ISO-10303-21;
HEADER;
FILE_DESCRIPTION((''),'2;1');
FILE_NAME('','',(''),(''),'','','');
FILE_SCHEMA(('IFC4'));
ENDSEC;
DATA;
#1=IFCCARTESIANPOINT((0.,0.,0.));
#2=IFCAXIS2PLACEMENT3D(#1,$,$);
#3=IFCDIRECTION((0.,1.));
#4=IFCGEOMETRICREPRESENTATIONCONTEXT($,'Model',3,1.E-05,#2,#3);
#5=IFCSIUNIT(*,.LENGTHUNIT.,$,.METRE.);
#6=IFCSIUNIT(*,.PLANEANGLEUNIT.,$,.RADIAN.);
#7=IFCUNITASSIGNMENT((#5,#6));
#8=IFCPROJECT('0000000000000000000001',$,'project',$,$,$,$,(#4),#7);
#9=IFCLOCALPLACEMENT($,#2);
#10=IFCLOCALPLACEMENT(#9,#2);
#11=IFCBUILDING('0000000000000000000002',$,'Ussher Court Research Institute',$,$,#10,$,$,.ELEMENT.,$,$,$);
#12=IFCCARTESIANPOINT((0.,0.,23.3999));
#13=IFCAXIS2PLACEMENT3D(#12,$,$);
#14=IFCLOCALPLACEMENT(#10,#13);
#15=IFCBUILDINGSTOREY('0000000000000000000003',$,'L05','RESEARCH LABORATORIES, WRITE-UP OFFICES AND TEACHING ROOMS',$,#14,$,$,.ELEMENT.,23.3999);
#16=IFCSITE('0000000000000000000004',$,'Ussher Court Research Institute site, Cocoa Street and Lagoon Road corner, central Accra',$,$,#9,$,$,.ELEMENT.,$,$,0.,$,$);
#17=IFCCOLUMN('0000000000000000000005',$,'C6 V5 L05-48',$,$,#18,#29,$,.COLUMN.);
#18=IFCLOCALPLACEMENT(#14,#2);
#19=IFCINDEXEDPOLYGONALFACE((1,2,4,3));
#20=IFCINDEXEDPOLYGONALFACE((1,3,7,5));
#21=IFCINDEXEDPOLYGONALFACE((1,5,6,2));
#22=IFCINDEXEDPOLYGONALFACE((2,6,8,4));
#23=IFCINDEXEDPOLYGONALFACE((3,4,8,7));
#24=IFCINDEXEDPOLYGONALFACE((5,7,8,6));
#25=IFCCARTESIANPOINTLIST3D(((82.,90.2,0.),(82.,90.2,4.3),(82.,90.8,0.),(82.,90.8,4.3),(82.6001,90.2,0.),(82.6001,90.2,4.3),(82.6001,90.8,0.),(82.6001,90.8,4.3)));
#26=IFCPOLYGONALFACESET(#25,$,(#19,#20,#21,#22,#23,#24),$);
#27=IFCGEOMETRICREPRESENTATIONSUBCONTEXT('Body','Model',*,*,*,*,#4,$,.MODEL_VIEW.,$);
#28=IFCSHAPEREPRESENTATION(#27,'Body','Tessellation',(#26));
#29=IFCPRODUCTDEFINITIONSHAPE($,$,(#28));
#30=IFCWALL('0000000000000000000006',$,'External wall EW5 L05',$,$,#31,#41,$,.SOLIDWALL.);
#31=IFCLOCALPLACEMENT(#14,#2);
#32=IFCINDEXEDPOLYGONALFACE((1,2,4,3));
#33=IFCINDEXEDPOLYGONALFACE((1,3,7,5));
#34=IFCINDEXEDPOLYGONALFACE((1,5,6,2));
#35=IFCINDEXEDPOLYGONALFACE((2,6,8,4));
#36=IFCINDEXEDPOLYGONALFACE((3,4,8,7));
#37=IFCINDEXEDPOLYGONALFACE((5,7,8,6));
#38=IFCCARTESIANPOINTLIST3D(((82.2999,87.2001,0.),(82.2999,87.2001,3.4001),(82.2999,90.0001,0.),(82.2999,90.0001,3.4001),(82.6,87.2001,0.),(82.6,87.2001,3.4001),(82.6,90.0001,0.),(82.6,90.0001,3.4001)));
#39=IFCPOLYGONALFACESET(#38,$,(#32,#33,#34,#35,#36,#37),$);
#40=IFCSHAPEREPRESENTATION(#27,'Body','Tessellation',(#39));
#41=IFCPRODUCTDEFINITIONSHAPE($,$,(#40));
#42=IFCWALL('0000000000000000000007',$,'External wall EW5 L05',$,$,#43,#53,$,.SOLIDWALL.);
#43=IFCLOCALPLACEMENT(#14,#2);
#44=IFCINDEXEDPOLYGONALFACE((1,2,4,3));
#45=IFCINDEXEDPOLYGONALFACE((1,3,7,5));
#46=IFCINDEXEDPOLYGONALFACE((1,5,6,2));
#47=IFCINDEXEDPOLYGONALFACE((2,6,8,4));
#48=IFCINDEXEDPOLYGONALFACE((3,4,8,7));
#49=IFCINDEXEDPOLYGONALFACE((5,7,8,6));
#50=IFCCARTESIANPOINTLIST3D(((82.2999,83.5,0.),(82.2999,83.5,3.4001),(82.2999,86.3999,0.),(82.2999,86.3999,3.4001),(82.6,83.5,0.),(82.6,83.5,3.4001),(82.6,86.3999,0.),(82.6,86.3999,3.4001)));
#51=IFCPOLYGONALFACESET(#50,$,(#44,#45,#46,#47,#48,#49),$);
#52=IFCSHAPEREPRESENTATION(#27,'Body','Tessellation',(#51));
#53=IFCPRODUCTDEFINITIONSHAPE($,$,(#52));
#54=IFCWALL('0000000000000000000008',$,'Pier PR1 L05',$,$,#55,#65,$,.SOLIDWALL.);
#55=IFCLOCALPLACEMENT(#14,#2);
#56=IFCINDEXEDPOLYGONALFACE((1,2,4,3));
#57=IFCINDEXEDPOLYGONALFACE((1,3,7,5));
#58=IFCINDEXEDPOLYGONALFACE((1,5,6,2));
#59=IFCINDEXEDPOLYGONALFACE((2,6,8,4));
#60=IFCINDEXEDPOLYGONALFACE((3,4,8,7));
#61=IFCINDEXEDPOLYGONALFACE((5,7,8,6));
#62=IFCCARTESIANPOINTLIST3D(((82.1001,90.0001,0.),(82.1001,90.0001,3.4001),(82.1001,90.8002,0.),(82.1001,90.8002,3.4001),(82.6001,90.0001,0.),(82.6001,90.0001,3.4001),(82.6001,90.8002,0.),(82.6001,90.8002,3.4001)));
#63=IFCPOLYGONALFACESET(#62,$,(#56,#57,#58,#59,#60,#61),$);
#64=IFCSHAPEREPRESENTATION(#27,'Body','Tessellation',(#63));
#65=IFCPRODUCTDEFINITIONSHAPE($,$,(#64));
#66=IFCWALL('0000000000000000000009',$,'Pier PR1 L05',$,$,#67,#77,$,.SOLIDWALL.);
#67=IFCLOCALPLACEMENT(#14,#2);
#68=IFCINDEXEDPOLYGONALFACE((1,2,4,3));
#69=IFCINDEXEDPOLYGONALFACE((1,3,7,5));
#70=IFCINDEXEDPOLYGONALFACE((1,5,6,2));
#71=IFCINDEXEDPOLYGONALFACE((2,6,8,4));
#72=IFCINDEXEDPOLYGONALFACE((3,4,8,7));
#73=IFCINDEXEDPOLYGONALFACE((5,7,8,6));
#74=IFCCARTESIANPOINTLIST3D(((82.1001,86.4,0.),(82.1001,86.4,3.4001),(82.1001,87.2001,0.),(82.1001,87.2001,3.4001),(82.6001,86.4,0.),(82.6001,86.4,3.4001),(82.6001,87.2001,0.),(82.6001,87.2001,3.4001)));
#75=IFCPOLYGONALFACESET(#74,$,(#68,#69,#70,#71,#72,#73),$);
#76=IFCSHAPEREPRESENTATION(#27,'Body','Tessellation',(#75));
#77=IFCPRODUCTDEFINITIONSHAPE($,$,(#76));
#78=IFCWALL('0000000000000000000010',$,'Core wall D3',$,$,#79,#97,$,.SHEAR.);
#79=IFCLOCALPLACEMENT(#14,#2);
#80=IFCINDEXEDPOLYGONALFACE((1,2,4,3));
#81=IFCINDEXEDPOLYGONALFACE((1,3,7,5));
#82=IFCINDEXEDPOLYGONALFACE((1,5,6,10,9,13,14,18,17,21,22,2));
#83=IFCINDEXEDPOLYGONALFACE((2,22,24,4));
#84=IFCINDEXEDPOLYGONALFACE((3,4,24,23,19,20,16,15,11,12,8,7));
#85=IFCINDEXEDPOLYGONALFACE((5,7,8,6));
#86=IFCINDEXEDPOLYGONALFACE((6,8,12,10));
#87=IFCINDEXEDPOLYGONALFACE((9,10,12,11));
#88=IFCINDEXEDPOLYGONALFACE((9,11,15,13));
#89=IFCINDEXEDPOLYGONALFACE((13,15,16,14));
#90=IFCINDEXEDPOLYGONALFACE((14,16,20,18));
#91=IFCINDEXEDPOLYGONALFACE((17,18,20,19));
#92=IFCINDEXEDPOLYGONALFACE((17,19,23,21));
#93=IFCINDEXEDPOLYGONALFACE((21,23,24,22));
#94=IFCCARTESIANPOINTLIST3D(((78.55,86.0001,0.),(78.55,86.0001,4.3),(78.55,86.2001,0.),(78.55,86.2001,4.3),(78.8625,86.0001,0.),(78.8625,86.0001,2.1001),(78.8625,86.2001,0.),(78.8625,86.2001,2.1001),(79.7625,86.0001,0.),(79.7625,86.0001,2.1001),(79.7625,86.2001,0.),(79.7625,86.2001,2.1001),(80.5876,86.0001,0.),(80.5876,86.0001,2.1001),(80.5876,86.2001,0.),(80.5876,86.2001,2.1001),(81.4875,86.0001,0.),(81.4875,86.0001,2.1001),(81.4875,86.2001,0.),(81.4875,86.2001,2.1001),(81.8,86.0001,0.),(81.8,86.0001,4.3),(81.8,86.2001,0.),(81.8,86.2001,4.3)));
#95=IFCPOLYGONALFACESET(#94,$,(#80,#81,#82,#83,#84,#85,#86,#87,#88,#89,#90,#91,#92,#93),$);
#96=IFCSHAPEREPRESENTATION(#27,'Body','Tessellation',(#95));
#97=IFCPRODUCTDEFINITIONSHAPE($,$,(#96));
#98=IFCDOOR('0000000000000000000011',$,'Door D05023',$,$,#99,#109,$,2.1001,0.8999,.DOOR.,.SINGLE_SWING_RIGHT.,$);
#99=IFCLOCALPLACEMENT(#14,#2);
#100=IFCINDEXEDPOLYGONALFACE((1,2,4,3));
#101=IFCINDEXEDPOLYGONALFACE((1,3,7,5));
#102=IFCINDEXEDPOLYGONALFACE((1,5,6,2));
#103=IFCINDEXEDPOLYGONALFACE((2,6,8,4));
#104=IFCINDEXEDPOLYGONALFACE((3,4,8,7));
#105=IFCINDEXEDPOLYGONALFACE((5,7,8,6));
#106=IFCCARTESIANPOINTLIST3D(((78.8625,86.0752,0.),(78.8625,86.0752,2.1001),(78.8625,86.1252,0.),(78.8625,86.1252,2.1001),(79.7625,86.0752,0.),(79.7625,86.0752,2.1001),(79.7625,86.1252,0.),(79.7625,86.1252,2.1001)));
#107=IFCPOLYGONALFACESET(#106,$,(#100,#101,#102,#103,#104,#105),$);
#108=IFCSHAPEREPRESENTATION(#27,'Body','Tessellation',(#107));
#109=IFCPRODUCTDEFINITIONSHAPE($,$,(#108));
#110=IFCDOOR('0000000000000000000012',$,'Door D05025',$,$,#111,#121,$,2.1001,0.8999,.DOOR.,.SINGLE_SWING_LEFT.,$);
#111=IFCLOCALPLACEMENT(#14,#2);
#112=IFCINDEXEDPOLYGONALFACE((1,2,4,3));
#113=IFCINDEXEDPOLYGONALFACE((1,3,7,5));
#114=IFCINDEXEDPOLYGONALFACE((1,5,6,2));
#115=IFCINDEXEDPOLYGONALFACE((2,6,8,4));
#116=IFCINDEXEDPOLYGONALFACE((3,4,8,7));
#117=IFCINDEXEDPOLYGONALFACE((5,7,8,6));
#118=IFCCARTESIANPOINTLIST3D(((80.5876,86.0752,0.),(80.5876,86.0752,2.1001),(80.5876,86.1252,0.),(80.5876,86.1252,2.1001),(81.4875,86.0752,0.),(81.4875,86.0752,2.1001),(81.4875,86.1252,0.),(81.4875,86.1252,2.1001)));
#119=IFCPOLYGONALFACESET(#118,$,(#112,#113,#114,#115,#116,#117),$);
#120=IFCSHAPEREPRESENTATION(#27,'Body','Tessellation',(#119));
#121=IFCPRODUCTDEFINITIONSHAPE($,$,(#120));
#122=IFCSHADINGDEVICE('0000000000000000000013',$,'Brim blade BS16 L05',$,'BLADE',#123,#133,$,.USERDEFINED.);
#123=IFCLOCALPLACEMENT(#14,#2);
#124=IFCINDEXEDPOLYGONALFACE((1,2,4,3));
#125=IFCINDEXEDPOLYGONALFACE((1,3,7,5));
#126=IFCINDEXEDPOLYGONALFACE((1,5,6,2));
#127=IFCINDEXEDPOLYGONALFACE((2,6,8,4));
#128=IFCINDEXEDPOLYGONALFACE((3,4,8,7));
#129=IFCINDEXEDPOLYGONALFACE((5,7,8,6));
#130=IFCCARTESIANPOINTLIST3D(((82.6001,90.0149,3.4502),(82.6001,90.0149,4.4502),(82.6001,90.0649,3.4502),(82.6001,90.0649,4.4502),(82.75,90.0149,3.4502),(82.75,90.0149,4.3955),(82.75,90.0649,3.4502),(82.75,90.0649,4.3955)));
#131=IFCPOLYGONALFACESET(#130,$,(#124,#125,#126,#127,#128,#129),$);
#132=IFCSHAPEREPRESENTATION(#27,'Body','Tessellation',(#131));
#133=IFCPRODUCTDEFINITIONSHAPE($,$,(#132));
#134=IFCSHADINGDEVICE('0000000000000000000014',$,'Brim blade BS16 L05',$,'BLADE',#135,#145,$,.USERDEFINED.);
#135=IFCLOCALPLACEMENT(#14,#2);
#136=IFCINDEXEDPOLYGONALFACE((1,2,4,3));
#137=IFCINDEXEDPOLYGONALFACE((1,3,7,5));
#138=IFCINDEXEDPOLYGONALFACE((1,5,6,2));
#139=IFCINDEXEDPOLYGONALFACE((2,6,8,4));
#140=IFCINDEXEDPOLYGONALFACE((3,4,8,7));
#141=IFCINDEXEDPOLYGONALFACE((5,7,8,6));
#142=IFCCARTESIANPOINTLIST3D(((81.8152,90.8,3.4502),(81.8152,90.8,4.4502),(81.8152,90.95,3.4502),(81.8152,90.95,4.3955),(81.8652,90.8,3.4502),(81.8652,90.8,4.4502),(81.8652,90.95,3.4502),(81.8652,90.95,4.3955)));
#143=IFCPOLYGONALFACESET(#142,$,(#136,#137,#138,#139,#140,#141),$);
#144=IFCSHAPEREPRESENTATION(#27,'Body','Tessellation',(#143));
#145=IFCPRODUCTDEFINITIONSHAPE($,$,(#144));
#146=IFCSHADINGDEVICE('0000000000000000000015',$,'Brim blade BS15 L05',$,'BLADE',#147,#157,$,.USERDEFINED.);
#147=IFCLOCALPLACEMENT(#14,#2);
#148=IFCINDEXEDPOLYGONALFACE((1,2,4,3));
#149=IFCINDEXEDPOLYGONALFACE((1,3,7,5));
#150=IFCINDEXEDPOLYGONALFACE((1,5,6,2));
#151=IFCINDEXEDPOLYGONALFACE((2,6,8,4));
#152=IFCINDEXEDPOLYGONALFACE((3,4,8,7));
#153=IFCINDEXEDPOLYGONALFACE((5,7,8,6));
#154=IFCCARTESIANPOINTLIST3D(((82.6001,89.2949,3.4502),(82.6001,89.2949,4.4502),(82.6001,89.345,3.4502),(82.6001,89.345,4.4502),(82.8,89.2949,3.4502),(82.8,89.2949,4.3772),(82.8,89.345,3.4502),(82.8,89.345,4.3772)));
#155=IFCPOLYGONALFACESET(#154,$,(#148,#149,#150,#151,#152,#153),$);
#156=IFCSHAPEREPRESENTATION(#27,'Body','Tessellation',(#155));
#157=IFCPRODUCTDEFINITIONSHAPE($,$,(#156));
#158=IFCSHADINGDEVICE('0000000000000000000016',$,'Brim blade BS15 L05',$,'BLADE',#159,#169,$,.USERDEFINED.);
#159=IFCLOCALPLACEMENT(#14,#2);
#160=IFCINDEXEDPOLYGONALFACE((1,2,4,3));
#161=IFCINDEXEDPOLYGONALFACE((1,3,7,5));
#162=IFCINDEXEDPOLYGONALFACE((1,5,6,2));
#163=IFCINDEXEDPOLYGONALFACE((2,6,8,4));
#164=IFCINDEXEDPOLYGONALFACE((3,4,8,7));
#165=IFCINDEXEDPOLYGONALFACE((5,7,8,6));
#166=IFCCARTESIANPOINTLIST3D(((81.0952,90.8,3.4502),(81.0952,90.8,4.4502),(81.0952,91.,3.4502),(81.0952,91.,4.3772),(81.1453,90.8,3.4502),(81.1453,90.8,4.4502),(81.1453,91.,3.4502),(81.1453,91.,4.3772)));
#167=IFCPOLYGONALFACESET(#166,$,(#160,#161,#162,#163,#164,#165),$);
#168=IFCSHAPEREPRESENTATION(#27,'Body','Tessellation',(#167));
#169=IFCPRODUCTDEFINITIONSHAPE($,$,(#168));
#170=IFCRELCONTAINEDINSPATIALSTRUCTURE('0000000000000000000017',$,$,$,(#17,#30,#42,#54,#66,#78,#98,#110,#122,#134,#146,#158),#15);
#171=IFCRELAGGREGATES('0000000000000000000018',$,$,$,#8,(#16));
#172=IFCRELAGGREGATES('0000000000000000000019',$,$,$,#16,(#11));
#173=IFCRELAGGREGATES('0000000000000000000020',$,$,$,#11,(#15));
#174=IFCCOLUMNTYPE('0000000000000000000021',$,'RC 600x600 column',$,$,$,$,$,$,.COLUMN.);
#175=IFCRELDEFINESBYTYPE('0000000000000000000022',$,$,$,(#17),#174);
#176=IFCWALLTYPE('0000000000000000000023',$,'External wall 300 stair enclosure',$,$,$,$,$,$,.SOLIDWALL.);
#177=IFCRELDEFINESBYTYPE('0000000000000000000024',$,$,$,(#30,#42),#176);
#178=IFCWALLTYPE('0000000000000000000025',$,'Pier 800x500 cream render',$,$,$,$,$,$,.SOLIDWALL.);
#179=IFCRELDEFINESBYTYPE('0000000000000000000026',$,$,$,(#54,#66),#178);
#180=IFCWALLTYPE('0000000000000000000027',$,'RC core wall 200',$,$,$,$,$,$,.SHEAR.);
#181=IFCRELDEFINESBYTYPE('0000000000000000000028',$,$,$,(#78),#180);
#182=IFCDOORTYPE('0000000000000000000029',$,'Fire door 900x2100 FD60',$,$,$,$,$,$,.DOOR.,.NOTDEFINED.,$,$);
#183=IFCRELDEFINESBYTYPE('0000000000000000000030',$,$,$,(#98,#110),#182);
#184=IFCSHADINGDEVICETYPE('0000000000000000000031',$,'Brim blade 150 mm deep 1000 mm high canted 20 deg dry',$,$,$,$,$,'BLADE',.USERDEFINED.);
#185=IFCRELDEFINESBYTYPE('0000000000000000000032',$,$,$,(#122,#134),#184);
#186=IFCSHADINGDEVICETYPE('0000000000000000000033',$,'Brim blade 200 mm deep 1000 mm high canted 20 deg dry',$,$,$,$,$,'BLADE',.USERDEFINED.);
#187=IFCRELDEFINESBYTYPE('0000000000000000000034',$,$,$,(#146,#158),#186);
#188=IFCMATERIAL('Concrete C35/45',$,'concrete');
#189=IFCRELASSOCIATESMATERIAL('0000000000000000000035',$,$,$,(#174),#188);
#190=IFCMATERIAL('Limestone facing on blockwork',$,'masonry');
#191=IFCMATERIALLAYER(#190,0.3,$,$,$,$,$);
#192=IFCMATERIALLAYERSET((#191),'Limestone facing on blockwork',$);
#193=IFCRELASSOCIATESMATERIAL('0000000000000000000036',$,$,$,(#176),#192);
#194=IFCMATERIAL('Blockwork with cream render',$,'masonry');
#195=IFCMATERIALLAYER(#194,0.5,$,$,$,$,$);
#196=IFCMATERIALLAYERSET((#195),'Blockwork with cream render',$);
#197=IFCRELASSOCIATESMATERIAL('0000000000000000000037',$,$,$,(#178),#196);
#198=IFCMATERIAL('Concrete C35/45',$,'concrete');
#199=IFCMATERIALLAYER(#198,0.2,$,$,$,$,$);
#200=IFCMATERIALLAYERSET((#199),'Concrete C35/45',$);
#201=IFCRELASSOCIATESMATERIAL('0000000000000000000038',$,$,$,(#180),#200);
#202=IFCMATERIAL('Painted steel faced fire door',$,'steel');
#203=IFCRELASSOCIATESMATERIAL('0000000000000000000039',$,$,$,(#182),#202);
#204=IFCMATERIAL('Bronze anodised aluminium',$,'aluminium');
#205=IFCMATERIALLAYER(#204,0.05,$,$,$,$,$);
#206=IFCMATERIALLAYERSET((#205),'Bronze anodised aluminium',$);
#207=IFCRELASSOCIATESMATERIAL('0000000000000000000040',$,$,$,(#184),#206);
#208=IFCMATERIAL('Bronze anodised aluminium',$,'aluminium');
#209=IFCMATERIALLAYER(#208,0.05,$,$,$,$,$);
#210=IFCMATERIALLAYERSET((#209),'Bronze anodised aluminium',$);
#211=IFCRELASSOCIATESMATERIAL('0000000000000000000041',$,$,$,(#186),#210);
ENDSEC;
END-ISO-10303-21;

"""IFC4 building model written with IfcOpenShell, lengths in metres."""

from ifc_helpers import new_model, si_unit, direction, frame, frame_2d, origin, origin_2d, place, context, subcontext, project, spatial, polyline, rectangle, outline, extrude, material, layer, layer_set, material_profile, profile_set, type_object, element, fill, save


model = new_model("IFC4")

# Units and contexts
model_context = context("Model", 3, precision=1e-05, world=origin(), true_north=direction((0.0, 1.0)))
body_context = subcontext(model_context, "Body", "Model", "MODEL_VIEW")
ifc_project = project(units=[si_unit("LENGTHUNIT", "METRE"), si_unit("PLANEANGLEUNIT", "RADIAN")], contexts=[model_context])

# Site, building, storey
site_placement = place(None, origin())
site = spatial("IfcSite", under=ifc_project, at=site_placement, Name="Ussher Court Research Institute site, Cocoa Street and Lagoon Road corner, central Accra", CompositionType="ELEMENT", RefElevation=0.0)
building_placement = place(site_placement, origin())
building = spatial("IfcBuilding", under=site, at=building_placement, Name="Ussher Court Research Institute", CompositionType="ELEMENT")
storey_placement = place(building_placement, frame((0.0, 0.0, 23.3999)))
storey = spatial("IfcBuildingStorey", under=building, at=storey_placement, Name="L05", Description="RESEARCH LABORATORIES, WRITE-UP OFFICES AND TEACHING ROOMS", CompositionType="ELEMENT", Elevation=23.3999)

# Column
ifc_material_1 = material(Name="Concrete C35/45", Category="concrete")
ifc_material_profile = material_profile(ifc_material_1, rectangle(XDim=0.6001, YDim=0.6001, at=origin_2d()), Name="RC 600x600")
ifc_profile_set = profile_set([ifc_material_profile], Name="Concrete C35/45")
column_type = type_object("IfcColumnType", Name="RC 600x600 column", PredefinedType="COLUMN", material=ifc_profile_set)
column_placement = place(storey_placement, frame((82.3, 90.5, 0.0), z_axis=(0.0, 0.0, 1.0), x_axis=(1.0, 0.0, 0.0)))
element("IfcColumn", 1, at=column_placement, inside=storey, type_object=column_type, Name="C6 V5 L05-48", PredefinedType="COLUMN", context=body_context, shape_type="SweptSolid", body=[
    extrude(rectangle(XDim=0.6001, YDim=0.6001, at=origin_2d()), origin(), (0.0, 0.0, 1.0), 4.3),
])

# Walls
ifc_material_2 = material(Name="Limestone facing on blockwork", Category="masonry")
ifc_layer_1 = layer(ifc_material_2, 0.3)
ifc_layer_set_1 = layer_set([ifc_layer_1], Name="Limestone facing on blockwork")
wall_type_1 = type_object("IfcWallType", Name="External wall 300 stair enclosure", PredefinedType="SOLIDWALL", material=ifc_layer_set_1)
wall_1_placement = place(storey_placement, frame((82.45, 90.0, 0.0), z_axis=(0.0, 0.0, 1.0), x_axis=(0.0, -1.0, 0.0)))
element("IfcWall", 2, at=wall_1_placement, inside=storey, type_object=wall_type_1, Name="External wall EW5 L05", PredefinedType="SOLIDWALL", context=body_context, shape_type="SweptSolid", body=[
    extrude(rectangle(XDim=2.8, YDim=0.3, at=frame_2d((1.3999, 0.0))), origin(), (0.0, 0.0, 1.0), 3.4001),
])
wall_2_placement = place(storey_placement, frame((82.45, 86.3999, 0.0), z_axis=(0.0, 0.0, 1.0), x_axis=(0.0, -1.0, 0.0)))
element("IfcWall", 3, at=wall_2_placement, inside=storey, type_object=wall_type_1, Name="External wall EW5 L05", PredefinedType="SOLIDWALL", context=body_context, shape_type="SweptSolid", body=[
    extrude(rectangle(XDim=2.8999, YDim=0.3, at=frame_2d((1.45, 0.0))), origin(), (0.0, 0.0, 1.0), 3.4001),
])
ifc_material_3 = material(Name="Blockwork with cream render", Category="masonry")
ifc_layer_2 = layer(ifc_material_3, 0.5)
ifc_layer_set_2 = layer_set([ifc_layer_2], Name="Blockwork with cream render")
wall_type_2 = type_object("IfcWallType", Name="Pier 800x500 cream render", PredefinedType="SOLIDWALL", material=ifc_layer_set_2)
for number, where, z_axis, x_axis, name in (
    (4, (82.3501, 90.8, 0.0), (0.0, 0.0, 1.0), (0.0, -1.0, 0.0), "Pier PR1 L05"),
    (5, (82.3501, 87.2, 0.0), (0.0, 0.0, 1.0), (0.0, -1.0, 0.0), "Pier PR1 L05"),
):
    element("IfcWall", number, at=place(storey_placement, frame(where, z_axis=z_axis, x_axis=x_axis)), inside=storey, type_object=wall_type_2, Name=name, PredefinedType="SOLIDWALL", context=body_context, shape_type="SweptSolid", body=[
        extrude(rectangle(XDim=0.8, YDim=0.5, at=frame_2d((0.3999, 0.0))), origin(), (0.0, 0.0, 1.0), 3.4001),
    ])

# Wall, openings, doors
ifc_material_4 = material(Name="Concrete C35/45", Category="concrete")
ifc_layer_3 = layer(ifc_material_4, 0.2)
ifc_layer_set_3 = layer_set([ifc_layer_3], Name="Concrete C35/45")
wall_type_3 = type_object("IfcWallType", Name="RC core wall 200", PredefinedType="SHEAR", material=ifc_layer_set_3)
wall_3_placement = place(storey_placement, frame((81.8, 86.1001, 0.0), z_axis=(0.0, 0.0, 1.0), x_axis=(-1.0, 0.0, 0.0)))
wall_3 = element("IfcWall", 6, at=wall_3_placement, inside=storey, type_object=wall_type_3, Name="Core wall D3", PredefinedType="SHEAR", context=body_context, shape_type="SweptSolid", body=[
    extrude(rectangle(XDim=3.25, YDim=0.2, at=frame_2d((1.625, 0.0))), origin(), (0.0, 0.0, 1.0), 4.3),
])
opening_1_placement = place(wall_3_placement, frame((2.0376, 0.0, 0.0)))
opening_1 = element("IfcOpeningElement", 7, at=opening_1_placement, cuts=wall_3, PredefinedType="OPENING", context=body_context, shape_type="SweptSolid", body=[
    extrude(rectangle(XDim=0.8999, YDim=2.1001, at=frame_2d((0.45, 1.05))), frame((0.0, 0.1099, 0.0), z_axis=(0.0, -1.0, 0.0), x_axis=(1.0, 0.0, 0.0)), (0.0, 0.0, 1.0), 0.22),
])
opening_2_placement = place(wall_3_placement, frame((0.3125, 0.0, 0.0)))
opening_2 = element("IfcOpeningElement", 8, at=opening_2_placement, cuts=wall_3, PredefinedType="OPENING", context=body_context, shape_type="SweptSolid", body=[
    extrude(rectangle(XDim=0.8999, YDim=2.1001, at=frame_2d((0.45, 1.05))), frame((0.0, 0.1099, 0.0), z_axis=(0.0, -1.0, 0.0), x_axis=(1.0, 0.0, 0.0)), (0.0, 0.0, 1.0), 0.22),
])
ifc_material_5 = material(Name="Painted steel faced fire door", Category="steel")
door_type = type_object("IfcDoorType", Name="Fire door 900x2100 FD60", OperationType="NOTDEFINED", PredefinedType="DOOR", material=ifc_material_5)
door_1_placement = place(opening_1_placement, origin())
door_1 = element("IfcDoor", 9, at=door_1_placement, inside=storey, type_object=door_type, Name="Door D05023", OperationType="SINGLE_SWING_RIGHT", OverallHeight=2.1001, OverallWidth=0.8999, PredefinedType="DOOR", context=body_context, shape_type="SweptSolid", body=[
    extrude(rectangle(XDim=0.8999, YDim=2.1001, at=frame_2d((0.45, 1.05))), frame((0.0, 0.0249, 0.0), z_axis=(0.0, -1.0, 0.0), x_axis=(1.0, 0.0, 0.0)), (0.0, 0.0, 1.0), 0.05),
])
fill(opening_1, door_1)
door_2_placement = place(opening_2_placement, origin())
door_2 = element("IfcDoor", 10, at=door_2_placement, inside=storey, type_object=door_type, Name="Door D05025", OperationType="SINGLE_SWING_LEFT", OverallHeight=2.1001, OverallWidth=0.8999, PredefinedType="DOOR", context=body_context, shape_type="SweptSolid", body=[
    extrude(rectangle(XDim=0.8999, YDim=2.1001, at=frame_2d((0.45, 1.05))), frame((0.0, 0.0249, 0.0), z_axis=(0.0, -1.0, 0.0), x_axis=(1.0, 0.0, 0.0)), (0.0, 0.0, 1.0), 0.05),
])
fill(opening_2, door_2)

# Shading devices
ifc_material_6 = material(Name="Bronze anodised aluminium", Category="aluminium")
ifc_layer_4 = layer(ifc_material_6, 0.05)
ifc_layer_set_4 = layer_set([ifc_layer_4], Name="Bronze anodised aluminium")
shading_device_type_1 = type_object("IfcShadingDeviceType", Name="Brim blade 150 mm deep 1000 mm high canted 20 deg dry", ElementType="BLADE", PredefinedType="USERDEFINED", material=ifc_layer_set_4)
for number, where, z_axis, x_axis, name in (
    (11, (82.6001, 90.04, 3.4502), (0.0, 0.0, 1.0), (1.0, 0.0, 0.0), "Brim blade BS16 L05"),
    (12, (81.8401, 90.8, 3.4502), (0.0, 0.0, 1.0), (0.0, 1.0, 0.0), "Brim blade BS16 L05"),
):
    element("IfcShadingDevice", number, at=place(storey_placement, frame(where, z_axis=z_axis, x_axis=x_axis)), inside=storey, type_object=shading_device_type_1, Name=name, ObjectType="BLADE", PredefinedType="USERDEFINED", context=body_context, shape_type="SweptSolid", body=[
        extrude(outline(polyline([(0.0, 0.0), (0.1499, 0.0), (0.1499, 0.9453), (0.0, 1.0), (0.0, 0.0)])), frame((0.0, 0.0249, 0.0), z_axis=(0.0, -1.0, 0.0), x_axis=(1.0, 0.0, 0.0)), (0.0, 0.0, 1.0), 0.05),
    ])
ifc_material_7 = material(Name="Bronze anodised aluminium", Category="aluminium")
ifc_layer_5 = layer(ifc_material_7, 0.05)
ifc_layer_set_5 = layer_set([ifc_layer_5], Name="Bronze anodised aluminium")
shading_device_type_2 = type_object("IfcShadingDeviceType", Name="Brim blade 200 mm deep 1000 mm high canted 20 deg dry", ElementType="BLADE", PredefinedType="USERDEFINED", material=ifc_layer_set_5)
for number, where, z_axis, x_axis, name in (
    (13, (82.6001, 89.3201, 3.4502), (0.0, 0.0, 1.0), (1.0, 0.0, 0.0), "Brim blade BS15 L05"),
    (14, (81.1201, 90.8, 3.4502), (0.0, 0.0, 1.0), (0.0, 1.0, 0.0), "Brim blade BS15 L05"),
):
    element("IfcShadingDevice", number, at=place(storey_placement, frame(where, z_axis=z_axis, x_axis=x_axis)), inside=storey, type_object=shading_device_type_2, Name=name, ObjectType="BLADE", PredefinedType="USERDEFINED", context=body_context, shape_type="SweptSolid", body=[
        extrude(outline(polyline([(0.0, 0.0), (0.2, 0.0), (0.2, 0.927), (0.0, 1.0), (0.0, 0.0)])), frame((0.0, 0.0249, 0.0), z_axis=(0.0, -1.0, 0.0), x_axis=(1.0, 0.0, 0.0)), (0.0, 0.0, 1.0), 0.05),
    ])

save(model, "model.ifc")
